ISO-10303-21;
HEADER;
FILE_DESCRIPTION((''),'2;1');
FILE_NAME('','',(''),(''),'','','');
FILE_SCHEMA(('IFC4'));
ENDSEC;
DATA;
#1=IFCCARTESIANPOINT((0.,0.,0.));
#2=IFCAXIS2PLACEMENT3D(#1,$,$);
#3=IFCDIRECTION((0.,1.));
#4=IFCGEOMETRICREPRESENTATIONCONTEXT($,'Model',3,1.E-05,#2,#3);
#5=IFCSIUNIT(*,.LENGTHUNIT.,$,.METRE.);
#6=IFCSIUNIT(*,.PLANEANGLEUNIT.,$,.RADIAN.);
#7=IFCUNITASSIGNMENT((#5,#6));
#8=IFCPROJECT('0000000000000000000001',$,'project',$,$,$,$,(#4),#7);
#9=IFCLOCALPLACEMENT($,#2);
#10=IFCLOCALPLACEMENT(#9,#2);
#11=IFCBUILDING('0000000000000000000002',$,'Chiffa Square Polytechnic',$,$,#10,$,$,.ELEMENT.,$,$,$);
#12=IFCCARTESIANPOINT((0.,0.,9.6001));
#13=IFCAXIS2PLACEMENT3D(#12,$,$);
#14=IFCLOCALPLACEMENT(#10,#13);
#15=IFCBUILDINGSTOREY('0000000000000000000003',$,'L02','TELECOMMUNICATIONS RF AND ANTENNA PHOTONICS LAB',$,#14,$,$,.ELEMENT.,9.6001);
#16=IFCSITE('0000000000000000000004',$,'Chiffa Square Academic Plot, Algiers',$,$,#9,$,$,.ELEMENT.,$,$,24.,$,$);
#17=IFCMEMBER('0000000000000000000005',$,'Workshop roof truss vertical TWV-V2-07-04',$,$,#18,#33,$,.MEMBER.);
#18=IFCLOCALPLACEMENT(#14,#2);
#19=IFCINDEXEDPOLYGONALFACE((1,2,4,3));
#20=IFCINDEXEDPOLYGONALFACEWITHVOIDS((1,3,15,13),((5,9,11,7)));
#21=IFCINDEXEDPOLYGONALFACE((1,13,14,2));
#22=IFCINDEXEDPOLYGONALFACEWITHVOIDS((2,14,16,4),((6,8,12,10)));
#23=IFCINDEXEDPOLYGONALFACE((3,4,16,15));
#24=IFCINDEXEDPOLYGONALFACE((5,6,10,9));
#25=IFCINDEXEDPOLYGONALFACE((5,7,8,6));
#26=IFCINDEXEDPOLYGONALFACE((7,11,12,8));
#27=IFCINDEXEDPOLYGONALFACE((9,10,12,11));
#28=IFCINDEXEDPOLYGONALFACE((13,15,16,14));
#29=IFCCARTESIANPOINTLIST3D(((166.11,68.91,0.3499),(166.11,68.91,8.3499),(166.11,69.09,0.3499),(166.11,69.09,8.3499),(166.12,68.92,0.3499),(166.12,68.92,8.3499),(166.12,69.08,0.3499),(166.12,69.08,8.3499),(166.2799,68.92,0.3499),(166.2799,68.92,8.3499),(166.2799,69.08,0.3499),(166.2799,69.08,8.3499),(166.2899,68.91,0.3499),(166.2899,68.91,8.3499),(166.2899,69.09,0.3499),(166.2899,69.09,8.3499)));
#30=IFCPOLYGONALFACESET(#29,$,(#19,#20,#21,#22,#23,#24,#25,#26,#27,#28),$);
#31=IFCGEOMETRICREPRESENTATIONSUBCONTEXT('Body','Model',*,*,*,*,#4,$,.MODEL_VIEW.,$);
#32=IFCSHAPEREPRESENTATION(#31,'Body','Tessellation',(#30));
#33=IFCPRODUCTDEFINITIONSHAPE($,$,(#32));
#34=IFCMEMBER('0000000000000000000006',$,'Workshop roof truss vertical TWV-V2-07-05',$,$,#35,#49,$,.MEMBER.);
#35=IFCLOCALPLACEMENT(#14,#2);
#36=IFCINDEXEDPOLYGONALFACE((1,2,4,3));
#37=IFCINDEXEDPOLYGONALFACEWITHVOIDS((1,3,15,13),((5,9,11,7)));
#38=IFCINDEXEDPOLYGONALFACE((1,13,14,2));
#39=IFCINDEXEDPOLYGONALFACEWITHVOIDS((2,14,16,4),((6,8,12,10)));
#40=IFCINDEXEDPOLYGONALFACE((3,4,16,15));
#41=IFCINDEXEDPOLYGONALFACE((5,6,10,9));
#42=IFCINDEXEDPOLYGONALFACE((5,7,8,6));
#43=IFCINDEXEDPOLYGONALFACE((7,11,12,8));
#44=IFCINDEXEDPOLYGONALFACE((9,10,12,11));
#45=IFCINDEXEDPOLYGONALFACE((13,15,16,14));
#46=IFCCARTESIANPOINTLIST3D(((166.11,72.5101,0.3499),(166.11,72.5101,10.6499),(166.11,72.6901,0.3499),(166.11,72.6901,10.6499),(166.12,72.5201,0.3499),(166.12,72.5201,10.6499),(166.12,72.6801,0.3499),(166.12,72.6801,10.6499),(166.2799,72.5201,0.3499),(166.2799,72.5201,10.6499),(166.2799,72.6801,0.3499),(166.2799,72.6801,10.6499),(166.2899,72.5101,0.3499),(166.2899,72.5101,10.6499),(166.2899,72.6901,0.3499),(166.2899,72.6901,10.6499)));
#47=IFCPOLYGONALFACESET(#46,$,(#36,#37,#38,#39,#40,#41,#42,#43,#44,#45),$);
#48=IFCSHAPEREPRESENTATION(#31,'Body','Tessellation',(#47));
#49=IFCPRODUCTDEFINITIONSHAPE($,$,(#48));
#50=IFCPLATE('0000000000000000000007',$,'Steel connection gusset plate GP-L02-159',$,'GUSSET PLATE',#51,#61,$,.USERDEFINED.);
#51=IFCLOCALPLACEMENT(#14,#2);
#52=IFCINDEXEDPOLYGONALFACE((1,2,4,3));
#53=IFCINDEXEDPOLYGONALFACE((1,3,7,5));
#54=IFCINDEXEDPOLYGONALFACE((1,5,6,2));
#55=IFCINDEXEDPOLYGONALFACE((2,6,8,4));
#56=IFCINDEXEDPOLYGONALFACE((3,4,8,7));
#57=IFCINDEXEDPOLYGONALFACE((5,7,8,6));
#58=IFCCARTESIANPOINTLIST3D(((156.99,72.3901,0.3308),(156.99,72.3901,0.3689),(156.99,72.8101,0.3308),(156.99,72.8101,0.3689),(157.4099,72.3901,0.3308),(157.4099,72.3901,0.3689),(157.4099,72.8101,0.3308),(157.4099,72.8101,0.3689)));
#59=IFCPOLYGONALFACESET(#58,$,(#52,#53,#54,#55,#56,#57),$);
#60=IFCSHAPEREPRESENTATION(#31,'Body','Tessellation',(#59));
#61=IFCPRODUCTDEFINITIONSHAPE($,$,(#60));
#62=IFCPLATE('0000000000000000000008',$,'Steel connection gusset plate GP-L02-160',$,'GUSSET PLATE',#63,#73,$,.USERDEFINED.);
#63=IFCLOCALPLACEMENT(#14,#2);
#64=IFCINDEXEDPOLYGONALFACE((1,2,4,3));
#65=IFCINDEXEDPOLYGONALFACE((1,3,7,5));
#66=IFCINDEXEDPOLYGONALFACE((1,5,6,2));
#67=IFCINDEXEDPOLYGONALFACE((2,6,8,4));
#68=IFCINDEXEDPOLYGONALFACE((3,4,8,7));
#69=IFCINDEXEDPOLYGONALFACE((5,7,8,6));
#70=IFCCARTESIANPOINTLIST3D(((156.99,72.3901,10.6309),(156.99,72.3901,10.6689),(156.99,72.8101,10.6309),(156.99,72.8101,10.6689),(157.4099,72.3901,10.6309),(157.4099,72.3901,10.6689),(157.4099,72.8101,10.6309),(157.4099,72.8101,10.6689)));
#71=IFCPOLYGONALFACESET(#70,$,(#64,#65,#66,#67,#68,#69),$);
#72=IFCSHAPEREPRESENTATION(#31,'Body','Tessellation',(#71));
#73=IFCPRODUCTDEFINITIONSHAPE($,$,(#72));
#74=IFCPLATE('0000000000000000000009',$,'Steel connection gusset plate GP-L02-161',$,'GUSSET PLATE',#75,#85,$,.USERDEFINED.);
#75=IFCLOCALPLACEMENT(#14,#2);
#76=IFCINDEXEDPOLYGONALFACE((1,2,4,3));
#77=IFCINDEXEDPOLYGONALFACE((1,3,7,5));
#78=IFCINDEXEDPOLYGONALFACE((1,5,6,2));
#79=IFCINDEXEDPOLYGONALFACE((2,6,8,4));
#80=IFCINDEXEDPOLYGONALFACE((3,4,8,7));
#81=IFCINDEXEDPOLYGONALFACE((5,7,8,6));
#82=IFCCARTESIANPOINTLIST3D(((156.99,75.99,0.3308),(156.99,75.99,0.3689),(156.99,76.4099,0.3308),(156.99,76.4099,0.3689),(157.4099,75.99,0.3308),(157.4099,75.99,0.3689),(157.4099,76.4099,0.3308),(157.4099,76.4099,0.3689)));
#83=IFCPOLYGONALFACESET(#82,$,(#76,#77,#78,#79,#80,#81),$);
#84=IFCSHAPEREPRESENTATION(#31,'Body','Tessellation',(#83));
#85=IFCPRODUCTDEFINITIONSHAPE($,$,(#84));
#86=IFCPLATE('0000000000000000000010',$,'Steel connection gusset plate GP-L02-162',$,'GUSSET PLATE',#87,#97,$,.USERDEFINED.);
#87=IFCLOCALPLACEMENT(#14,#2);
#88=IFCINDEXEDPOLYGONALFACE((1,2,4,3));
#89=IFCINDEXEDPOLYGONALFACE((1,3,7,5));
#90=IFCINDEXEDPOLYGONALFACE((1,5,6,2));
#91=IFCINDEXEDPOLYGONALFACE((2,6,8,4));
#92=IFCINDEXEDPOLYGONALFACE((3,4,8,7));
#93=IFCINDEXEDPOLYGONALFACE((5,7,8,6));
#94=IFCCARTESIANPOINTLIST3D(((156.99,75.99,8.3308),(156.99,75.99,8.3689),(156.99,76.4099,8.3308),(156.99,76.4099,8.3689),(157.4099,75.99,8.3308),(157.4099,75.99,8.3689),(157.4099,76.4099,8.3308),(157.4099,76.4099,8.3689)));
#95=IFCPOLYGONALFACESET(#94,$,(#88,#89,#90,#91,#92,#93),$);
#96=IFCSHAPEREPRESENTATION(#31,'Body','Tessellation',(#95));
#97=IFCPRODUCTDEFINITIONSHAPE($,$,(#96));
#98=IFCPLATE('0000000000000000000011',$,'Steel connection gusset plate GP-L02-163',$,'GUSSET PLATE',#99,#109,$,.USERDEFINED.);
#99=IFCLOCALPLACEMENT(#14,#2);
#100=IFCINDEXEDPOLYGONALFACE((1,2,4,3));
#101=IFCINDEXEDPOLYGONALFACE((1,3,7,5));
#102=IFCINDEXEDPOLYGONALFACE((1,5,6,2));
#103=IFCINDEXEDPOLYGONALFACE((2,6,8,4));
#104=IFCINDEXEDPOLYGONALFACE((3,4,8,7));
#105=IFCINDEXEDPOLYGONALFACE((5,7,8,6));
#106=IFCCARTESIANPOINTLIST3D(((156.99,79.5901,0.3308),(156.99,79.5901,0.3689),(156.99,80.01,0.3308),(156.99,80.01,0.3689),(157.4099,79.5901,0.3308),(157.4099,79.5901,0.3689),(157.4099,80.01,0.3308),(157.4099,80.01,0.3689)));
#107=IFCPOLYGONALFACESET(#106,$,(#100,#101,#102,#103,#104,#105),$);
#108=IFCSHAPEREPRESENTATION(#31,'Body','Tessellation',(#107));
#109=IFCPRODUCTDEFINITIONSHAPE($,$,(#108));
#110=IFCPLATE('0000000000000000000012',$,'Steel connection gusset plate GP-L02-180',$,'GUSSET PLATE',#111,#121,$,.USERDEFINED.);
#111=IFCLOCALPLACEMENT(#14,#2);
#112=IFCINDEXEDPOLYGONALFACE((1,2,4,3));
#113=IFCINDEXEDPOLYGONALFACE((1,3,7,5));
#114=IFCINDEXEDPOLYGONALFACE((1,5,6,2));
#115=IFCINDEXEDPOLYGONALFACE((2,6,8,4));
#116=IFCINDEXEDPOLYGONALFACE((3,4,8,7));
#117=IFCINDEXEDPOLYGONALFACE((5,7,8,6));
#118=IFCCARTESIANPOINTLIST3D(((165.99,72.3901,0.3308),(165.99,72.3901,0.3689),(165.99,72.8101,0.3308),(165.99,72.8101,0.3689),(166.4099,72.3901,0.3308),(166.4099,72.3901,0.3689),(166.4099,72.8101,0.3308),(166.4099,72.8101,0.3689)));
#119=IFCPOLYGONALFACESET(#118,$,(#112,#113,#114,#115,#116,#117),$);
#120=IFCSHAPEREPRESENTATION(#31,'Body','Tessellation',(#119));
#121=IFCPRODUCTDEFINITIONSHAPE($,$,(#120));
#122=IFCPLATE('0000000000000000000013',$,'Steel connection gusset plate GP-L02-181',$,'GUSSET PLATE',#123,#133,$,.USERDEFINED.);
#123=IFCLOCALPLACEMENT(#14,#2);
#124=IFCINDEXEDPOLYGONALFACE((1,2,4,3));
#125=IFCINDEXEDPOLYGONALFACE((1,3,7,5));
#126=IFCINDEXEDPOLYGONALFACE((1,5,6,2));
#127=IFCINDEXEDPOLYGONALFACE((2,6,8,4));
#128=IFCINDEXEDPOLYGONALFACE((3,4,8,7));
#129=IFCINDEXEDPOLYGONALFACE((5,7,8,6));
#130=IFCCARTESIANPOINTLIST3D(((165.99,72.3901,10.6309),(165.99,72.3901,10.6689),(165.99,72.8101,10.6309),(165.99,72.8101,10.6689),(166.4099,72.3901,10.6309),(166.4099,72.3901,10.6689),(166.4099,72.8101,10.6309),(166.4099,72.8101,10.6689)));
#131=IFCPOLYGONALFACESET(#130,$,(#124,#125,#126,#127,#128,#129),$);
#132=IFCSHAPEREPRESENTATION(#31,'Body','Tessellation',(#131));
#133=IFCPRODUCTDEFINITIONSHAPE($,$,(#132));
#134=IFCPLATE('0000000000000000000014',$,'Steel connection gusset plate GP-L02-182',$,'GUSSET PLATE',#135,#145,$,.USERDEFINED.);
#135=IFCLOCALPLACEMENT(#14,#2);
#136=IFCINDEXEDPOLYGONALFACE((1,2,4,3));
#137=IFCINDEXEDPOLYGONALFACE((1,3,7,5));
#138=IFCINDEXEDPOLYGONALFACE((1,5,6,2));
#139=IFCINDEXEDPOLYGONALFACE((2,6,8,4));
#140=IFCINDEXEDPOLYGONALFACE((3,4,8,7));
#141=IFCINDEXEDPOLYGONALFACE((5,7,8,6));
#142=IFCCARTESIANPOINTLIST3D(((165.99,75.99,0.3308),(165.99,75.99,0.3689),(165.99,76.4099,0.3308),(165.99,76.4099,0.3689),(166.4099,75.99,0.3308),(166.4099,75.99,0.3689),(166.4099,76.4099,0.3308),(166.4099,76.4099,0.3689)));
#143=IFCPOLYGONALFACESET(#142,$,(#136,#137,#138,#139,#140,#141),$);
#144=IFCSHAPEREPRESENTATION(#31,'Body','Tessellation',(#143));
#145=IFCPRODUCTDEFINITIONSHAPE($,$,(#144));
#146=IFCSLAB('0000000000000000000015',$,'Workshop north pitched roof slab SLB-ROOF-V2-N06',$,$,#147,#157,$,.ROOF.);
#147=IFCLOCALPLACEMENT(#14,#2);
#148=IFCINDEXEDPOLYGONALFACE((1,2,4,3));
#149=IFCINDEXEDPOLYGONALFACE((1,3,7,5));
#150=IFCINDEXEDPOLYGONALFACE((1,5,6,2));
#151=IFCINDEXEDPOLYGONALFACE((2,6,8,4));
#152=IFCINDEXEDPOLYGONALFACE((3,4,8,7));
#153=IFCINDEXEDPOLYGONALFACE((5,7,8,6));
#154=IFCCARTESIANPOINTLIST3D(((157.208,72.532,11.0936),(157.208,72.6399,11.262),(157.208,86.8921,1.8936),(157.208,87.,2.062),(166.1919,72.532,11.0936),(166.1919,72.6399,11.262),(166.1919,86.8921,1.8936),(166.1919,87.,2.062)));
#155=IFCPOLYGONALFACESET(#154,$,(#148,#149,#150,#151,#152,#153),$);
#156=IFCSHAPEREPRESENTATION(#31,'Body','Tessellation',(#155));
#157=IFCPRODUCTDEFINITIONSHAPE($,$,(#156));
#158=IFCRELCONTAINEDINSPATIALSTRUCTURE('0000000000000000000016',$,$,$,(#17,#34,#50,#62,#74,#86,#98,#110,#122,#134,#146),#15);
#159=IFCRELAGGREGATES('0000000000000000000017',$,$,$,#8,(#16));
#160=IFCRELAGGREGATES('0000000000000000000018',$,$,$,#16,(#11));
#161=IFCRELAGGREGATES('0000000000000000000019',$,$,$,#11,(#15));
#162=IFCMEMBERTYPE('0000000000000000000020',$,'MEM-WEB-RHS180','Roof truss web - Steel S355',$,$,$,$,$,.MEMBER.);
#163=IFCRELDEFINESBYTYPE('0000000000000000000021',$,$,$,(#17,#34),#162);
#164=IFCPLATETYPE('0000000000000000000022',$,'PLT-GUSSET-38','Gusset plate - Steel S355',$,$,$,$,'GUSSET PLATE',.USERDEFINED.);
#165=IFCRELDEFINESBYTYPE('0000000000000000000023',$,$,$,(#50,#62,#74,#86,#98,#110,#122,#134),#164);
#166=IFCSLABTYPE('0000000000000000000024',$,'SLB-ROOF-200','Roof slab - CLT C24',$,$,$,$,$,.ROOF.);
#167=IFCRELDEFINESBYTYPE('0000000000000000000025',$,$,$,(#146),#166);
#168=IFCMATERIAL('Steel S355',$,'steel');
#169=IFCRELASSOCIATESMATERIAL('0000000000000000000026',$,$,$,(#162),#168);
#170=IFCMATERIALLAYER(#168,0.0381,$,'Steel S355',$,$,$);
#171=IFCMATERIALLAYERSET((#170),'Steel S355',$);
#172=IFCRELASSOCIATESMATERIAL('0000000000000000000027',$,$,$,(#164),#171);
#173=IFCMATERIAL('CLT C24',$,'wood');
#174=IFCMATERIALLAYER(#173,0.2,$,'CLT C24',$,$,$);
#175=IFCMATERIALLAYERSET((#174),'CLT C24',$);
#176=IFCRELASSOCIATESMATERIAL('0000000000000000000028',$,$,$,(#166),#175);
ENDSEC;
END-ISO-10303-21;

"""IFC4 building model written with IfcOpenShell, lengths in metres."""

from ifc_helpers import new_model, si_unit, direction, frame, origin, origin_2d, place, context, subcontext, project, spatial, polyline, rectangle, hollow_rectangle, outline, extrude, material, layer, layer_set, material_profile, profile_set, type_object, element, save


model = new_model("IFC4")

# Units and contexts
model_context = context("Model", 3, precision=1e-05, world=origin(), true_north=direction((0.0, 1.0)))
body_context = subcontext(model_context, "Body", "Model", "MODEL_VIEW")
ifc_project = project(units=[si_unit("LENGTHUNIT", "METRE"), si_unit("PLANEANGLEUNIT", "RADIAN")], contexts=[model_context])

# Site, building, storey
site_placement = place(None, origin())
site = spatial("IfcSite", under=ifc_project, at=site_placement, Name="Chiffa Square Academic Plot, Algiers", CompositionType="ELEMENT", RefElevation=24.0)
building_placement = place(site_placement, origin())
building = spatial("IfcBuilding", under=site, at=building_placement, Name="Chiffa Square Polytechnic", CompositionType="ELEMENT")
storey_placement = place(building_placement, frame((0.0, 0.0, 9.6001)))
storey = spatial("IfcBuildingStorey", under=building, at=storey_placement, Name="L02", Description="TELECOMMUNICATIONS RF AND ANTENNA PHOTONICS LAB", CompositionType="ELEMENT", Elevation=9.6001)

# Members
ifc_material_1 = material(Name="Steel S355", Category="steel")
ifc_material_profile_1 = material_profile(ifc_material_1, hollow_rectangle(XDim=0.1799, YDim=0.1799, WallThickness=0.01, at=origin_2d()), Name="RHS 180x180x10")
ifc_profile_set_1 = profile_set([ifc_material_profile_1], Name="Steel S355")
member_type_1 = type_object("IfcMemberType", Name="MEM-WEB-RHS180", Description="Roof truss web - Steel S355", PredefinedType="MEMBER", material=ifc_profile_set_1)
for number, where, z_axis, x_axis, name in (
    (1, (166.2, 69.0, 0.3499), (0.0, 0.0, 1.0), (1.0, 0.0, 0.0), "Workshop roof truss vertical TWV-V2-07-04"),
):
    element("IfcMember", number, at=place(storey_placement, frame(where, z_axis=z_axis, x_axis=x_axis)), inside=storey, type_object=member_type_1, Name=name, PredefinedType="MEMBER", context=body_context, shape_type="SweptSolid", body=[
        extrude(hollow_rectangle(XDim=0.1799, YDim=0.1799, WallThickness=0.01, at=origin_2d()), origin(), (0.0, 0.0, 1.0), 8.0),
    ])
member_1_placement = place(storey_placement, frame((166.2, 72.6001, 0.3499), z_axis=(0.0, 0.0, 1.0), x_axis=(1.0, 0.0, 0.0)))
element("IfcMember", 2, at=member_1_placement, inside=storey, type_object=member_type_1, Name="Workshop roof truss vertical TWV-V2-07-05", PredefinedType="MEMBER", context=body_context, shape_type="SweptSolid", body=[
    extrude(hollow_rectangle(XDim=0.1799, YDim=0.1799, WallThickness=0.01, at=origin_2d()), origin(), (0.0, 0.0, 1.0), 10.3),
])

# Plates
ifc_layer_1 = layer(ifc_material_1, 0.0381, Name="Steel S355")
ifc_layer_set_1 = layer_set([ifc_layer_1], Name="Steel S355")
plate_type = type_object("IfcPlateType", Name="PLT-GUSSET-38", Description="Gusset plate - Steel S355", ElementType="GUSSET PLATE", PredefinedType="USERDEFINED", material=ifc_layer_set_1)
for number, where, z_axis, x_axis, name in (
    (3, (157.2, 72.6001, 0.3308), (0.0, 0.0, 1.0), (1.0, 0.0, 0.0), "Steel connection gusset plate GP-L02-159"),
    (4, (157.2, 72.6001, 10.6309), (0.0, 0.0, 1.0), (1.0, 0.0, 0.0), "Steel connection gusset plate GP-L02-160"),
    (5, (157.2, 76.2, 0.3308), (0.0, 0.0, 1.0), (1.0, 0.0, 0.0), "Steel connection gusset plate GP-L02-161"),
    (6, (157.2, 76.2, 8.3308), (0.0, 0.0, 1.0), (1.0, 0.0, 0.0), "Steel connection gusset plate GP-L02-162"),
    (7, (157.2, 79.8, 0.3308), (0.0, 0.0, 1.0), (1.0, 0.0, 0.0), "Steel connection gusset plate GP-L02-163"),
    (8, (166.2, 72.6001, 0.3308), (0.0, 0.0, 1.0), (1.0, 0.0, 0.0), "Steel connection gusset plate GP-L02-180"),
    (9, (166.2, 72.6001, 10.6309), (0.0, 0.0, 1.0), (1.0, 0.0, 0.0), "Steel connection gusset plate GP-L02-181"),
    (10, (166.2, 76.2, 0.3308), (0.0, 0.0, 1.0), (1.0, 0.0, 0.0), "Steel connection gusset plate GP-L02-182"),
):
    element("IfcPlate", number, at=place(storey_placement, frame(where, z_axis=z_axis, x_axis=x_axis)), inside=storey, type_object=plate_type, Name=name, ObjectType="GUSSET PLATE", PredefinedType="USERDEFINED", context=body_context, shape_type="SweptSolid", body=[
        extrude(rectangle(XDim=0.4199, YDim=0.4199, at=origin_2d()), origin(), (0.0, 0.0, 1.0), 0.0381),
    ])

# Slab
ifc_material_2 = material(Name="CLT C24", Category="wood")
ifc_layer_2 = layer(ifc_material_2, 0.2, Name="CLT C24")
ifc_layer_set_2 = layer_set([ifc_layer_2], Name="CLT C24")
slab_type = type_object("IfcSlabType", Name="SLB-ROOF-200", Description="Roof slab - CLT C24", PredefinedType="ROOF", material=ifc_layer_set_2)
slab_placement = place(storey_placement, frame((157.208, 72.6399, 11.262), z_axis=(0.0, 0.539448, 0.842019), x_axis=(1.0, 0.0, 0.0)))
element("IfcSlab", 11, at=slab_placement, inside=storey, type_object=slab_type, Name="Workshop north pitched roof slab SLB-ROOF-V2-N06", PredefinedType="ROOF", context=body_context, shape_type="SweptSolid", body=[
    extrude(outline(polyline([(0.0, 0.0), (8.9839, 0.0), (8.9839, 17.0544), (0.0, 17.0544), (0.0, 0.0)])), origin(), (0.0, 0.0, -1.0), 0.2),
])

save(model, "model.ifc")
